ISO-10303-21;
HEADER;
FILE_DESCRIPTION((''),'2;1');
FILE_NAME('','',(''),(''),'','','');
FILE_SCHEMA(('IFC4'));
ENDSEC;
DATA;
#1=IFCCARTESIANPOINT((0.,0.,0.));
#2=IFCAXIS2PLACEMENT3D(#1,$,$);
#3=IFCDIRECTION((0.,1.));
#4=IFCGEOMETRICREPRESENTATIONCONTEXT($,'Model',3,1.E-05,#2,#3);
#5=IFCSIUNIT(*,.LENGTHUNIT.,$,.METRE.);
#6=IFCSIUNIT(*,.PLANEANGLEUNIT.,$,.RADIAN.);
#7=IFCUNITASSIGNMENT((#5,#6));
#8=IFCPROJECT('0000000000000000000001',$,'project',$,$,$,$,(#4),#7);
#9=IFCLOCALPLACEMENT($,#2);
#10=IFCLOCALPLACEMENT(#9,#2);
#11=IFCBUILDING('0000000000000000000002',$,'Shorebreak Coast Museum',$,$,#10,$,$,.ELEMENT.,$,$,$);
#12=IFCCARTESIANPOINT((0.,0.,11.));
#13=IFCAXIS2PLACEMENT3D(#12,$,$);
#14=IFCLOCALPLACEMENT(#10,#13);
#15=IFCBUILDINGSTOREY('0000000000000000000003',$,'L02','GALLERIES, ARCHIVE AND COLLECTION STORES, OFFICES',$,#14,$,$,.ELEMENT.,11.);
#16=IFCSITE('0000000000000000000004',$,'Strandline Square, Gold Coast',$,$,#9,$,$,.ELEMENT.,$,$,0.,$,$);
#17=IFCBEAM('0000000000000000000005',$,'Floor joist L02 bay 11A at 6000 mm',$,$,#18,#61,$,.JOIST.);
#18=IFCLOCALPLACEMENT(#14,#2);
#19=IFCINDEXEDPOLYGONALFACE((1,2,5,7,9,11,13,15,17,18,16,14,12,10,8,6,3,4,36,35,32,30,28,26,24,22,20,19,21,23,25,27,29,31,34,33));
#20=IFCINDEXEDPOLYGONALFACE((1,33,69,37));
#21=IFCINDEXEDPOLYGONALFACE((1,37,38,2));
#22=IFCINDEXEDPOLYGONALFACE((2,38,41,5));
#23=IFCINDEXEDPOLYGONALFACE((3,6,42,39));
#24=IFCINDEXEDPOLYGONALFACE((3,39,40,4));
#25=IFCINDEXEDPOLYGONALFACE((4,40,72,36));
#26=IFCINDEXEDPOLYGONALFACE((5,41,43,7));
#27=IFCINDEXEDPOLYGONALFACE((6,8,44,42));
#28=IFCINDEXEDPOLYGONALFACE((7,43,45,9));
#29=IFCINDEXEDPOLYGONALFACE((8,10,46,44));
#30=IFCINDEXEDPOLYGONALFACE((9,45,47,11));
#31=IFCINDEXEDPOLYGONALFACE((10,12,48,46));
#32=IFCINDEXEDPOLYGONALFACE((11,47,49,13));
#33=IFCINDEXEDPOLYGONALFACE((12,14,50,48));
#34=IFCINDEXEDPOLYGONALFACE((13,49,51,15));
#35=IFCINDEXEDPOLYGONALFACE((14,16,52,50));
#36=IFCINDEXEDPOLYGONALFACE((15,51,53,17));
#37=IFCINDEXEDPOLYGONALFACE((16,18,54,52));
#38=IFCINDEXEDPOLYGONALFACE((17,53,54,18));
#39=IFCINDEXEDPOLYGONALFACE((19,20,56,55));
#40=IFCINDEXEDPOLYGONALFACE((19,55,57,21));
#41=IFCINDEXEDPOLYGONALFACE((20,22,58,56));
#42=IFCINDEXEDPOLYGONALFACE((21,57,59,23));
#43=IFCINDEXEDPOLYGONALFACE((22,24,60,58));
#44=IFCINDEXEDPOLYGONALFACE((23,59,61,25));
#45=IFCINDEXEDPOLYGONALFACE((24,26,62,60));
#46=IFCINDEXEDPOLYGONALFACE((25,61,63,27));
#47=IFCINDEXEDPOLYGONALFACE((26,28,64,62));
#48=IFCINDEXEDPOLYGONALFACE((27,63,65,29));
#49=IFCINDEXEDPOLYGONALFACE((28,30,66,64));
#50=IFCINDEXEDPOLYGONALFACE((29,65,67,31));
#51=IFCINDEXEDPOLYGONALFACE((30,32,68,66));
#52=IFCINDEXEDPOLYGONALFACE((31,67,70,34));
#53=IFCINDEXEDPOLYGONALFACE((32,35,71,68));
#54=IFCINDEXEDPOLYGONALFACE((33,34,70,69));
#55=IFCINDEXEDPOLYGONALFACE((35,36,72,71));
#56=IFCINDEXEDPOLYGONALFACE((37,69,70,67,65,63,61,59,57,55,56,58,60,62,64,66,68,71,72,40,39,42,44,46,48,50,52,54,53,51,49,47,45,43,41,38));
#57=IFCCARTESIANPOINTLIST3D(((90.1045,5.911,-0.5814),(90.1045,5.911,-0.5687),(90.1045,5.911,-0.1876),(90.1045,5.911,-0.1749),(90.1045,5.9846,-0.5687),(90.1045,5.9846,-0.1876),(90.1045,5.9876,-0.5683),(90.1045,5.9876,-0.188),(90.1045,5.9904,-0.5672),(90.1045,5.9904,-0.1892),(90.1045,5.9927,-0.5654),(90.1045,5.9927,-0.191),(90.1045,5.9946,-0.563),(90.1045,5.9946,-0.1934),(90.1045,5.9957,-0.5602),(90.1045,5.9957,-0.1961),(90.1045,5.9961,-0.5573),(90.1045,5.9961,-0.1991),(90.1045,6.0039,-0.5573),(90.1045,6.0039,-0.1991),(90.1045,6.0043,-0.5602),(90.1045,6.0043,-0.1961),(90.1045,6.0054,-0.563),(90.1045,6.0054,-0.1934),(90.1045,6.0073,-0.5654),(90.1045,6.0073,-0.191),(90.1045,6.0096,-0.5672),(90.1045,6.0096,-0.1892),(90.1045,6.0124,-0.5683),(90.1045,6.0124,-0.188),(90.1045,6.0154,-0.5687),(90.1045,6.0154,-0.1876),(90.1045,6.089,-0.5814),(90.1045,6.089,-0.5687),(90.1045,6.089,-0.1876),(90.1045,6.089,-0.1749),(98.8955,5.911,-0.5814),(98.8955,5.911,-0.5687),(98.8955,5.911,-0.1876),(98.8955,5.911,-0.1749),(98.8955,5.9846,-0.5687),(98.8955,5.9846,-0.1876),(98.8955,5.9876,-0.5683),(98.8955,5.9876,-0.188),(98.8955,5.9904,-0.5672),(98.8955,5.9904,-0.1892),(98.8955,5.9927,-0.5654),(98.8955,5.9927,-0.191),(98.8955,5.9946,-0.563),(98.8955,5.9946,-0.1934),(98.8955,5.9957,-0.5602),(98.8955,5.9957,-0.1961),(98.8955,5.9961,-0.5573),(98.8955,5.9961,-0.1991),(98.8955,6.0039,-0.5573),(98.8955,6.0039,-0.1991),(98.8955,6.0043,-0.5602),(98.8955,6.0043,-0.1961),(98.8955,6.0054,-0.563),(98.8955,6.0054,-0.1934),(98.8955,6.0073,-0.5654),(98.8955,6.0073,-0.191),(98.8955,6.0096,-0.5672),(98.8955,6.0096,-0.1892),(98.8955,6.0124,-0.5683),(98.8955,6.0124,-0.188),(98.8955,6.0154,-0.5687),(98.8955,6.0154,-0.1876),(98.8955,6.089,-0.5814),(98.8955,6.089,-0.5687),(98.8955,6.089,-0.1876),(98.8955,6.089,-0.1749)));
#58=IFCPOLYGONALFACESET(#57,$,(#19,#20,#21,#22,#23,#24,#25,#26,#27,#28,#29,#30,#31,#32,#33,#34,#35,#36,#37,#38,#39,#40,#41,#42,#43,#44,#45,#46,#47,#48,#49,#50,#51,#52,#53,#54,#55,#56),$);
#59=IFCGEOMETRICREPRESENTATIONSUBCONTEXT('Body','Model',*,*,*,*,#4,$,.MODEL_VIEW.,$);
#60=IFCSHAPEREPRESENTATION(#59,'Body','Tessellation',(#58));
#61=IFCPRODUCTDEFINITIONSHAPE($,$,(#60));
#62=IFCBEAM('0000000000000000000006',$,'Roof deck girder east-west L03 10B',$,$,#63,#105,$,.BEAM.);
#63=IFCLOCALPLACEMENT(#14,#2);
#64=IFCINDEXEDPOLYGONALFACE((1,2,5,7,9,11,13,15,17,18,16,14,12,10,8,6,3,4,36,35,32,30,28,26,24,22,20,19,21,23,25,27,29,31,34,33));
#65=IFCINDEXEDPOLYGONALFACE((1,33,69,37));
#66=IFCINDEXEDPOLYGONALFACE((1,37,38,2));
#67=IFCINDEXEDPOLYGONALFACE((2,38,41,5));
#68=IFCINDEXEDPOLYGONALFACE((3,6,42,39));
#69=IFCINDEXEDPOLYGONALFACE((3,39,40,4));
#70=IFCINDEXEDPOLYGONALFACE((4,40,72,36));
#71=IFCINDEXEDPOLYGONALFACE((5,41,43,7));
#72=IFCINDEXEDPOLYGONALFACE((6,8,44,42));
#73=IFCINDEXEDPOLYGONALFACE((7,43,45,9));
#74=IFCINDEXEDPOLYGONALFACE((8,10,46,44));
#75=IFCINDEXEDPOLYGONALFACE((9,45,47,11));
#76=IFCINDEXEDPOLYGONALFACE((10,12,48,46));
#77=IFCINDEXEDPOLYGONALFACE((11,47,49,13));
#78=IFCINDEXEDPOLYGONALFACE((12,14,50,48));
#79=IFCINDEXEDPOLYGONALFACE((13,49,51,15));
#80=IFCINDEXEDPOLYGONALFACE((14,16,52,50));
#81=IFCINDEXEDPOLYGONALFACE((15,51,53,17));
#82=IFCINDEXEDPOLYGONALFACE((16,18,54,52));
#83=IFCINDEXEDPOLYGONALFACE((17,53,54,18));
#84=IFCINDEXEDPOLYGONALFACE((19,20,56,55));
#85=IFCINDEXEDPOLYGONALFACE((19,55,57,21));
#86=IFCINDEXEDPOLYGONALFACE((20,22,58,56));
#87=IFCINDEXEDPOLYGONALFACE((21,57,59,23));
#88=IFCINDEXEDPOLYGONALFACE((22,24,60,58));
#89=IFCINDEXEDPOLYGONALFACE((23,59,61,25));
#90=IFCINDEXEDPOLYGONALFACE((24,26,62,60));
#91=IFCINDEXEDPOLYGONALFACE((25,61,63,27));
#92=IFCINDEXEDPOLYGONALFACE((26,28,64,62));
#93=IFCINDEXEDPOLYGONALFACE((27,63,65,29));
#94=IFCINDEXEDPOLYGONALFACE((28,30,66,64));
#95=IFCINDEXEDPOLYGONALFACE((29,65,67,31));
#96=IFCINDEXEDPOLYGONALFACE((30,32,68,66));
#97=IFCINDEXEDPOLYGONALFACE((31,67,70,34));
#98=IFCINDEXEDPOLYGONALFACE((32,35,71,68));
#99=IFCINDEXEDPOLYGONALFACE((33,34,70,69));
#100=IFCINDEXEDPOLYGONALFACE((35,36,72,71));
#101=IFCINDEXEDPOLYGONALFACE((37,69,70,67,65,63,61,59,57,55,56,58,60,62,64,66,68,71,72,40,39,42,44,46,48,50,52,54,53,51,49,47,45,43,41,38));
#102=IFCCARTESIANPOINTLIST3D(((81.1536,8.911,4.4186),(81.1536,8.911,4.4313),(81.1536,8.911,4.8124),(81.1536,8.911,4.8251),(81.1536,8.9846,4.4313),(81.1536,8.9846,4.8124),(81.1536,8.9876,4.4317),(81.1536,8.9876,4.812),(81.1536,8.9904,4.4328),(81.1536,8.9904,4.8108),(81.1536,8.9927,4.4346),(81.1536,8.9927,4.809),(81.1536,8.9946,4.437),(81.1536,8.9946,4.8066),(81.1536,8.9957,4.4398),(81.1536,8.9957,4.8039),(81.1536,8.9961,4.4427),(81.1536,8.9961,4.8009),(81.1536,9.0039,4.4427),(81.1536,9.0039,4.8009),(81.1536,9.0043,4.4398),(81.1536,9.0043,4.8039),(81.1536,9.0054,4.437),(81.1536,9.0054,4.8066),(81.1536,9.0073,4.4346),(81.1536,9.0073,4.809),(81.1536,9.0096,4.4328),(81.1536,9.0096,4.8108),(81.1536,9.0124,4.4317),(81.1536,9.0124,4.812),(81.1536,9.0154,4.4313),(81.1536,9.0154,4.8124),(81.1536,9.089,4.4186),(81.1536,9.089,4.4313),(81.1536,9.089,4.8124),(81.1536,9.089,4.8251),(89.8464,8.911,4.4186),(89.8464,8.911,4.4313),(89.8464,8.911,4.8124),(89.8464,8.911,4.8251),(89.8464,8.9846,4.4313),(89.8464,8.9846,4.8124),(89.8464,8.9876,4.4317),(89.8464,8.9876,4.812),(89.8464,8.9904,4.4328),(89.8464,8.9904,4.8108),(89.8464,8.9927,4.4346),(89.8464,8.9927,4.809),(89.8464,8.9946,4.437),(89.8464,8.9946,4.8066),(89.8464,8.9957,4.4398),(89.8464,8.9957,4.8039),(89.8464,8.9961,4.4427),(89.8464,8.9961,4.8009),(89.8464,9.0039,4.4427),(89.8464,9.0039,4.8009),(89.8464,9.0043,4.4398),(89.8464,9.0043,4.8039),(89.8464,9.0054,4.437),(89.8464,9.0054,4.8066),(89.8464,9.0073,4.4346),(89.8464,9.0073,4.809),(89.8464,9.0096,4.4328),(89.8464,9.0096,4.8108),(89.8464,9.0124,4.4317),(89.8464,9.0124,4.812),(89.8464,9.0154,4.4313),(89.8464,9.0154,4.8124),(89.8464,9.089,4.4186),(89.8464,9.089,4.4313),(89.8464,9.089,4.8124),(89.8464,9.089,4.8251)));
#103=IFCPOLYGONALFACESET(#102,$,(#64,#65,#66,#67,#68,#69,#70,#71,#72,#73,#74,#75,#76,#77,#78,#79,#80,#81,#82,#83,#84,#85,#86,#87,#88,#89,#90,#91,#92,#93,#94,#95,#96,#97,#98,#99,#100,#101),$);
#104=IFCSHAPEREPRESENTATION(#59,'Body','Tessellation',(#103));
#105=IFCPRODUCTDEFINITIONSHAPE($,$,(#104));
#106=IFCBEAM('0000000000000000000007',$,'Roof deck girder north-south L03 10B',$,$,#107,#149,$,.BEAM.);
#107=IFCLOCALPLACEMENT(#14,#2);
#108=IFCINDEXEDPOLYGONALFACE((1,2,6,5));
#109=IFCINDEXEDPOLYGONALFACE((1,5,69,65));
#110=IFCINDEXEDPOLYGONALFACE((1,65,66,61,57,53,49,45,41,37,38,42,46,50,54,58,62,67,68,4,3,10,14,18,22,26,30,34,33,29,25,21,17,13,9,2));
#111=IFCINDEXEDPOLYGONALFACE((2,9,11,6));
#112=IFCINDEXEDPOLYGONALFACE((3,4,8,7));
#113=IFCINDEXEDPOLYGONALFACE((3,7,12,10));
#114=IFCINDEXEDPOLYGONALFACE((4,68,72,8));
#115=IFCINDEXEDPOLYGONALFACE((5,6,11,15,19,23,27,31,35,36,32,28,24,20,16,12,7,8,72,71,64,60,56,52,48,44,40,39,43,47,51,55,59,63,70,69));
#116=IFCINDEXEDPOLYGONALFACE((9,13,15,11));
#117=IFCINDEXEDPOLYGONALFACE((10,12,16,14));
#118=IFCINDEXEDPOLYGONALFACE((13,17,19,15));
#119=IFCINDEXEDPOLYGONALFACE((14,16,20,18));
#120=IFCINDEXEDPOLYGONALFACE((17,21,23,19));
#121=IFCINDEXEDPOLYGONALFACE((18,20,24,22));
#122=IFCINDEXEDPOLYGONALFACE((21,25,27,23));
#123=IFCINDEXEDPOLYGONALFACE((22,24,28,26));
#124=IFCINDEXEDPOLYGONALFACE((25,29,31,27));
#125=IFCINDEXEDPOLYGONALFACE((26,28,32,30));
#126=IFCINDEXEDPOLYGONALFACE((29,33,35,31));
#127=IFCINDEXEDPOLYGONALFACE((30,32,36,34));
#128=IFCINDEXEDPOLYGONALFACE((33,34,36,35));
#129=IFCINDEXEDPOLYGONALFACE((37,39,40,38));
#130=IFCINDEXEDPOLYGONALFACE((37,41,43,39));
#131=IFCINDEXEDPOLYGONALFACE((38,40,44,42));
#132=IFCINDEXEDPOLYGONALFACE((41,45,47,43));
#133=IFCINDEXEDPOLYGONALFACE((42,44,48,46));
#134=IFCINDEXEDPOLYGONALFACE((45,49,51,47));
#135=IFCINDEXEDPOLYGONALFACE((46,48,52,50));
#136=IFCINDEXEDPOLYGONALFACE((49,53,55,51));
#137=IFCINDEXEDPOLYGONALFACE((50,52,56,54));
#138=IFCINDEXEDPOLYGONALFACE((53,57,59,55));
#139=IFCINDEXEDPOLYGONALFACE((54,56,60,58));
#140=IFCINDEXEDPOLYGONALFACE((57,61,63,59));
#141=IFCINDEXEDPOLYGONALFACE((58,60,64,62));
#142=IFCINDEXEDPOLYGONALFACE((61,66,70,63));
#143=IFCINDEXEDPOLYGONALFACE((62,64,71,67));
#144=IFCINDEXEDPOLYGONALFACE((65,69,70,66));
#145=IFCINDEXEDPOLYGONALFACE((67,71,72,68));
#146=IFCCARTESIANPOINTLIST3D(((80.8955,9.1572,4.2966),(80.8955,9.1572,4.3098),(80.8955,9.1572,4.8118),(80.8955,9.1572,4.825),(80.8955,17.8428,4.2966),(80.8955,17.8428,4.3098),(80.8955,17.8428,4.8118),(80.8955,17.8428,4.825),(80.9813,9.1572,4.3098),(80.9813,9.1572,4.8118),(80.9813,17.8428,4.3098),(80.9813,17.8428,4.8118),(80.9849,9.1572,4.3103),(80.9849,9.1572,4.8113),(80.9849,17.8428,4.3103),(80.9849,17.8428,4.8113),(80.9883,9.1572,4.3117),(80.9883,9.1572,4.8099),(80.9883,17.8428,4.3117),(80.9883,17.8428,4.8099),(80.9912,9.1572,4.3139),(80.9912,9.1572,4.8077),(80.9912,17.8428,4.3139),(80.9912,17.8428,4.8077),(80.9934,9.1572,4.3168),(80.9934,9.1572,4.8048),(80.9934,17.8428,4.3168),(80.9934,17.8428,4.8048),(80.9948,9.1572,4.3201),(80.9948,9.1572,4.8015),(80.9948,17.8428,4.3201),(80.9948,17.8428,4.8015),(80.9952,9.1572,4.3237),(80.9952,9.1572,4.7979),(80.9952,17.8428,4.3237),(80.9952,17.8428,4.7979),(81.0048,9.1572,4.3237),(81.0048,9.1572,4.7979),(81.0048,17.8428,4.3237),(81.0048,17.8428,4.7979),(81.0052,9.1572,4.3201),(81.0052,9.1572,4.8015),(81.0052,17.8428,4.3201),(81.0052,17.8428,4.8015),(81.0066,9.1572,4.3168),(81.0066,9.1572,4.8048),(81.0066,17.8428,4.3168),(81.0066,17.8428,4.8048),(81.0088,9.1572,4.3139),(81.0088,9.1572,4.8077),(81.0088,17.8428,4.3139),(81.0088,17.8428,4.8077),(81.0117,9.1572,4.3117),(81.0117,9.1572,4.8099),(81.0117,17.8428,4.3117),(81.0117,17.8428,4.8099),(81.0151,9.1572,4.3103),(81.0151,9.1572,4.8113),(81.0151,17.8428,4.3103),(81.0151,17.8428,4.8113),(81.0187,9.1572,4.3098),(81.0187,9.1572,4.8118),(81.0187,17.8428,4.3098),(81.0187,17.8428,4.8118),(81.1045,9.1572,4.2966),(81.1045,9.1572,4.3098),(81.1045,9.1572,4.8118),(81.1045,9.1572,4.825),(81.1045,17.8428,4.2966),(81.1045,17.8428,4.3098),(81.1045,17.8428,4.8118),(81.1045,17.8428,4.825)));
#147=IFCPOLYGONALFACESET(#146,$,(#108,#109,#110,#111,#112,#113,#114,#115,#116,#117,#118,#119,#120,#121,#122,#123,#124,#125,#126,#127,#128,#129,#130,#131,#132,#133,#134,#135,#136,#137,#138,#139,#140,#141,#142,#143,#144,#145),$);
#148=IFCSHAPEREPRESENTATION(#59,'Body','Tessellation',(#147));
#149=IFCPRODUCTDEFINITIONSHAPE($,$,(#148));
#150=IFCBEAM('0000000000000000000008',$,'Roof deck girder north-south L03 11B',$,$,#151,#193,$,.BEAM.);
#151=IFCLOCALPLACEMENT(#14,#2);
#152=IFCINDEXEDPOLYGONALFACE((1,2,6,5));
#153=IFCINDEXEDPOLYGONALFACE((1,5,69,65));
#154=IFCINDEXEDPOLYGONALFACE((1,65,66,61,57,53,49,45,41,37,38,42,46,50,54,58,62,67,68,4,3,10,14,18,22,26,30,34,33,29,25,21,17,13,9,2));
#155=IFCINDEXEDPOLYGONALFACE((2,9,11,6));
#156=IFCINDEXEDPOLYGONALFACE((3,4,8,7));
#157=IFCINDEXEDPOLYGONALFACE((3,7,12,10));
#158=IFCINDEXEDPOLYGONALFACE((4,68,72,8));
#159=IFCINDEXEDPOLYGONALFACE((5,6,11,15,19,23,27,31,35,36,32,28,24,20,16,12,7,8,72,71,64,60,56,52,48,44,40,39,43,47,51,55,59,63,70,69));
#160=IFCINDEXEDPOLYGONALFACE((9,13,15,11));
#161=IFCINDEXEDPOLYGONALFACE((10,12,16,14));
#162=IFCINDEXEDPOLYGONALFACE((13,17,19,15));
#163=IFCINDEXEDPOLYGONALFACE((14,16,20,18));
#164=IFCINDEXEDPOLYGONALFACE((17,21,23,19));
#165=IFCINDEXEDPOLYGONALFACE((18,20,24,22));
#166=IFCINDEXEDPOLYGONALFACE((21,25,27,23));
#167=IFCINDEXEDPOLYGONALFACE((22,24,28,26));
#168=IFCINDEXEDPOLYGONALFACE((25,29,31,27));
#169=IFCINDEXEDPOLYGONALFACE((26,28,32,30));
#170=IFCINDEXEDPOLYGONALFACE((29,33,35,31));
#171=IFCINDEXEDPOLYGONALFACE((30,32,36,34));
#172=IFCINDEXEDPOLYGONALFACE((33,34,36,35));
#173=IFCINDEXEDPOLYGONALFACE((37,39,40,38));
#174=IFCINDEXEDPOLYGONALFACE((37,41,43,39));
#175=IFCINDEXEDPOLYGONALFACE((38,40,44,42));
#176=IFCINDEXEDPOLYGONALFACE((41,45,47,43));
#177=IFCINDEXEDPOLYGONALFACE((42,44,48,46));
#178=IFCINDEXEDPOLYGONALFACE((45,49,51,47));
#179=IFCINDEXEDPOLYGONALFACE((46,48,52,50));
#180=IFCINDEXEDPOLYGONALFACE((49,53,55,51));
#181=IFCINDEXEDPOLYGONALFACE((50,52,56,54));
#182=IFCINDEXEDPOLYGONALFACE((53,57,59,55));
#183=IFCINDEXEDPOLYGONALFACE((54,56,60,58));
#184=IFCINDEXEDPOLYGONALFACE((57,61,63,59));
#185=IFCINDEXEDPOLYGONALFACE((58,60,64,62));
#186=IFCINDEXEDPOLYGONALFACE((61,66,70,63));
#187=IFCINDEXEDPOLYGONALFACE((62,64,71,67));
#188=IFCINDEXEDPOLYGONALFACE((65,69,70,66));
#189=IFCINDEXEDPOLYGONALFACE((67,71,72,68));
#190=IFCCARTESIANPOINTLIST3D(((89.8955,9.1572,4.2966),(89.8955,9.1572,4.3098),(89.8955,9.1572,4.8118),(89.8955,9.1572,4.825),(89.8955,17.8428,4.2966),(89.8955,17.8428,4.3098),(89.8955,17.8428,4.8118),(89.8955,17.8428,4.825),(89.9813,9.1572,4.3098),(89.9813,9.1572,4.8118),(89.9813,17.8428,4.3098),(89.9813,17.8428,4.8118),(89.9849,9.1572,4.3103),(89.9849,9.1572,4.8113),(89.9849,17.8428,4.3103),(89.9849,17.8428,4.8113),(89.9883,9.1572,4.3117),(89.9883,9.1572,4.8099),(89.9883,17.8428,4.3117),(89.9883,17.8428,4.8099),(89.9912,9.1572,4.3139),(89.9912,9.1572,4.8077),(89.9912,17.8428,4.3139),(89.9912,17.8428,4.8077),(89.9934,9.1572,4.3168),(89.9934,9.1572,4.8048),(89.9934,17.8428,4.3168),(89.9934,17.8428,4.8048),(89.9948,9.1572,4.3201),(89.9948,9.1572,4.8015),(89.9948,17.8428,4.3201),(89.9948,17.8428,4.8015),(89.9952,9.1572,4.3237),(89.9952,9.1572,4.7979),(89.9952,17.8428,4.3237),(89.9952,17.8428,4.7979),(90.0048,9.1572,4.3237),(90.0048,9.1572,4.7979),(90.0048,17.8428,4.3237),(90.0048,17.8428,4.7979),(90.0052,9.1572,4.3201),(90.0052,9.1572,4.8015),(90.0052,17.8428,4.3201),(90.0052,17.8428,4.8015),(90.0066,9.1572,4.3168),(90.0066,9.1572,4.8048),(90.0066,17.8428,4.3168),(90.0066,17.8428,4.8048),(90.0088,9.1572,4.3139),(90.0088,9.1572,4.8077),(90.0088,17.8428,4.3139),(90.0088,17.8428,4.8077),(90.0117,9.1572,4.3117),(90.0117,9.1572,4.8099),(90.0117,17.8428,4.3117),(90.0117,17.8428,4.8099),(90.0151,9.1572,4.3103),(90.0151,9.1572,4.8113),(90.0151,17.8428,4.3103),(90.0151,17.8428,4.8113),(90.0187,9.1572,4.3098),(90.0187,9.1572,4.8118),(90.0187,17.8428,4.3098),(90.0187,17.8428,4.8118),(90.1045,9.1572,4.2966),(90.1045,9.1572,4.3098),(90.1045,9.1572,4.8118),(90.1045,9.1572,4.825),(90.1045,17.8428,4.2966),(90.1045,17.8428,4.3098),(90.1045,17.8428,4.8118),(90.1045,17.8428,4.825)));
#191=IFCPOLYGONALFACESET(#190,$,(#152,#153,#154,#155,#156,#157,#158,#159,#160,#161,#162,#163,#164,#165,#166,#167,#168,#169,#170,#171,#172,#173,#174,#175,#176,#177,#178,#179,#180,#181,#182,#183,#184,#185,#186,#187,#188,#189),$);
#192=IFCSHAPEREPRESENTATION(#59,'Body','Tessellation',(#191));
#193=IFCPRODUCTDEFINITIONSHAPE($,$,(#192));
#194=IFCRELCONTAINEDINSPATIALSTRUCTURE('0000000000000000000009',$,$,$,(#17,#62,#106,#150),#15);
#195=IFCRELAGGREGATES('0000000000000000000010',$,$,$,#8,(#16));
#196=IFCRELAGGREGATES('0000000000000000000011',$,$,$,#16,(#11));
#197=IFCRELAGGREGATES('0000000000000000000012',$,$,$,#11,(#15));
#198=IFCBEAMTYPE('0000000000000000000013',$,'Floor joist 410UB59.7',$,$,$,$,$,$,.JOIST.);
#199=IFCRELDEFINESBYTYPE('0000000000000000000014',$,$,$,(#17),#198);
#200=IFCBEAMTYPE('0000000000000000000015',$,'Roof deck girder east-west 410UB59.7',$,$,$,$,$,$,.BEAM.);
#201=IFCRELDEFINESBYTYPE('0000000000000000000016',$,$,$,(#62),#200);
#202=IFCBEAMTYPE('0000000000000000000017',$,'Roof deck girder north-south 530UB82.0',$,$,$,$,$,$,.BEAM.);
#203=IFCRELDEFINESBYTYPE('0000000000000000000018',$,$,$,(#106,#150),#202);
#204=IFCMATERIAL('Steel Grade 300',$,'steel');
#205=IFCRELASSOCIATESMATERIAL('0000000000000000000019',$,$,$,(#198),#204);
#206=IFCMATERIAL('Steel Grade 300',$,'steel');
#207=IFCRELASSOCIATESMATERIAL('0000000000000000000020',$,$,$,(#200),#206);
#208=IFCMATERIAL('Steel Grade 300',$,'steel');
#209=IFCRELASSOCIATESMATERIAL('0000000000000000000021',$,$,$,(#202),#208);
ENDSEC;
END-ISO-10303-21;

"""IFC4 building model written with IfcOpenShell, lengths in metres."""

from ifc_helpers import new_model, si_unit, direction, frame, origin, origin_2d, place, context, subcontext, project, spatial, i_section, extrude, material, material_profile, profile_set, type_object, element, save


model = new_model("IFC4")

# Units and contexts
model_context = context("Model", 3, precision=1e-05, world=origin(), true_north=direction((0.0, 1.0)))
body_context = subcontext(model_context, "Body", "Model", "MODEL_VIEW")
ifc_project = project(units=[si_unit("LENGTHUNIT", "METRE"), si_unit("PLANEANGLEUNIT", "RADIAN")], contexts=[model_context])

# Site, building, storey
site_placement = place(None, origin())
site = spatial("IfcSite", under=ifc_project, at=site_placement, Name="Strandline Square, Gold Coast", CompositionType="ELEMENT", RefElevation=0.0)
building_placement = place(site_placement, origin())
building = spatial("IfcBuilding", under=site, at=building_placement, Name="Shorebreak Coast Museum", CompositionType="ELEMENT")
storey_placement = place(building_placement, frame((0.0, 0.0, 11.0)))
storey = spatial("IfcBuildingStorey", under=building, at=storey_placement, Name="L02", Description="GALLERIES, ARCHIVE AND COLLECTION STORES, OFFICES", CompositionType="ELEMENT", Elevation=11.0)

# Beams
ifc_material_1 = material(Name="Steel Grade 300", Category="steel")
ifc_material_profile_1 = material_profile(ifc_material_1, i_section(OverallWidth=0.178, OverallDepth=0.4065, WebThickness=0.0078, FlangeThickness=0.0127, FilletRadius=0.0115, at=origin_2d()), Name="410UB59.7")
ifc_profile_set_1 = profile_set([ifc_material_profile_1], Name="Steel Grade 300")
beam_type_1 = type_object("IfcBeamType", Name="Floor joist 410UB59.7", PredefinedType="JOIST", material=ifc_profile_set_1)
for number, where, z_axis, x_axis, name in (
    (1, (90.1045, 6.0, -0.3782), (1.0, 0.0, 0.0), (0.0, 1.0, 0.0), "Floor joist L02 bay 11A at 6000 mm"),
):
    element("IfcBeam", number, at=place(storey_placement, frame(where, z_axis=z_axis, x_axis=x_axis)), inside=storey, type_object=beam_type_1, Name=name, PredefinedType="JOIST", context=body_context, shape_type="SweptSolid", body=[
        extrude(i_section(OverallWidth=0.178, OverallDepth=0.4065, WebThickness=0.0078, FlangeThickness=0.0127, FilletRadius=0.0115, at=origin_2d()), origin(), (0.0, 0.0, 1.0), 8.791),
    ])
ifc_material_2 = material(Name="Steel Grade 300", Category="steel")
ifc_material_profile_2 = material_profile(ifc_material_2, i_section(OverallWidth=0.178, OverallDepth=0.4065, WebThickness=0.0078, FlangeThickness=0.0127, FilletRadius=0.0115, at=origin_2d()), Name="410UB59.7")
ifc_profile_set_2 = profile_set([ifc_material_profile_2], Name="Steel Grade 300")
beam_type_2 = type_object("IfcBeamType", Name="Roof deck girder east-west 410UB59.7", PredefinedType="BEAM", material=ifc_profile_set_2)
beam_1_placement = place(storey_placement, frame((81.1536, 9.0, 4.6218), z_axis=(1.0, 0.0, 0.0), x_axis=(0.0, 1.0, 0.0)))
element("IfcBeam", 2, at=beam_1_placement, inside=storey, type_object=beam_type_2, Name="Roof deck girder east-west L03 10B", PredefinedType="BEAM", context=body_context, shape_type="SweptSolid", body=[
    extrude(i_section(OverallWidth=0.178, OverallDepth=0.4065, WebThickness=0.0078, FlangeThickness=0.0127, FilletRadius=0.0115, at=origin_2d()), origin(), (0.0, 0.0, 1.0), 8.6929),
])
ifc_material_3 = material(Name="Steel Grade 300", Category="steel")
ifc_material_profile_3 = material_profile(ifc_material_3, i_section(OverallWidth=0.209, OverallDepth=0.5283, WebThickness=0.0095, FlangeThickness=0.0132, FilletRadius=0.0139, at=origin_2d()), Name="530UB82.0")
ifc_profile_set_3 = profile_set([ifc_material_profile_3], Name="Steel Grade 300")
beam_type_3 = type_object("IfcBeamType", Name="Roof deck girder north-south 530UB82.0", PredefinedType="BEAM", material=ifc_profile_set_3)
for number, where, z_axis, x_axis, name in (
    (3, (81.0, 9.1572, 4.5608), (0.0, 1.0, 0.0), (-1.0, 0.0, 0.0), "Roof deck girder north-south L03 10B"),
    (4, (90.0, 9.1572, 4.5608), (0.0, 1.0, 0.0), (-1.0, 0.0, 0.0), "Roof deck girder north-south L03 11B"),
):
    element("IfcBeam", number, at=place(storey_placement, frame(where, z_axis=z_axis, x_axis=x_axis)), inside=storey, type_object=beam_type_3, Name=name, PredefinedType="BEAM", context=body_context, shape_type="SweptSolid", body=[
        extrude(i_section(OverallWidth=0.209, OverallDepth=0.5283, WebThickness=0.0095, FlangeThickness=0.0132, FilletRadius=0.0139, at=origin_2d()), origin(), (0.0, 0.0, 1.0), 8.6855),
    ])

save(model, "model.ifc")
